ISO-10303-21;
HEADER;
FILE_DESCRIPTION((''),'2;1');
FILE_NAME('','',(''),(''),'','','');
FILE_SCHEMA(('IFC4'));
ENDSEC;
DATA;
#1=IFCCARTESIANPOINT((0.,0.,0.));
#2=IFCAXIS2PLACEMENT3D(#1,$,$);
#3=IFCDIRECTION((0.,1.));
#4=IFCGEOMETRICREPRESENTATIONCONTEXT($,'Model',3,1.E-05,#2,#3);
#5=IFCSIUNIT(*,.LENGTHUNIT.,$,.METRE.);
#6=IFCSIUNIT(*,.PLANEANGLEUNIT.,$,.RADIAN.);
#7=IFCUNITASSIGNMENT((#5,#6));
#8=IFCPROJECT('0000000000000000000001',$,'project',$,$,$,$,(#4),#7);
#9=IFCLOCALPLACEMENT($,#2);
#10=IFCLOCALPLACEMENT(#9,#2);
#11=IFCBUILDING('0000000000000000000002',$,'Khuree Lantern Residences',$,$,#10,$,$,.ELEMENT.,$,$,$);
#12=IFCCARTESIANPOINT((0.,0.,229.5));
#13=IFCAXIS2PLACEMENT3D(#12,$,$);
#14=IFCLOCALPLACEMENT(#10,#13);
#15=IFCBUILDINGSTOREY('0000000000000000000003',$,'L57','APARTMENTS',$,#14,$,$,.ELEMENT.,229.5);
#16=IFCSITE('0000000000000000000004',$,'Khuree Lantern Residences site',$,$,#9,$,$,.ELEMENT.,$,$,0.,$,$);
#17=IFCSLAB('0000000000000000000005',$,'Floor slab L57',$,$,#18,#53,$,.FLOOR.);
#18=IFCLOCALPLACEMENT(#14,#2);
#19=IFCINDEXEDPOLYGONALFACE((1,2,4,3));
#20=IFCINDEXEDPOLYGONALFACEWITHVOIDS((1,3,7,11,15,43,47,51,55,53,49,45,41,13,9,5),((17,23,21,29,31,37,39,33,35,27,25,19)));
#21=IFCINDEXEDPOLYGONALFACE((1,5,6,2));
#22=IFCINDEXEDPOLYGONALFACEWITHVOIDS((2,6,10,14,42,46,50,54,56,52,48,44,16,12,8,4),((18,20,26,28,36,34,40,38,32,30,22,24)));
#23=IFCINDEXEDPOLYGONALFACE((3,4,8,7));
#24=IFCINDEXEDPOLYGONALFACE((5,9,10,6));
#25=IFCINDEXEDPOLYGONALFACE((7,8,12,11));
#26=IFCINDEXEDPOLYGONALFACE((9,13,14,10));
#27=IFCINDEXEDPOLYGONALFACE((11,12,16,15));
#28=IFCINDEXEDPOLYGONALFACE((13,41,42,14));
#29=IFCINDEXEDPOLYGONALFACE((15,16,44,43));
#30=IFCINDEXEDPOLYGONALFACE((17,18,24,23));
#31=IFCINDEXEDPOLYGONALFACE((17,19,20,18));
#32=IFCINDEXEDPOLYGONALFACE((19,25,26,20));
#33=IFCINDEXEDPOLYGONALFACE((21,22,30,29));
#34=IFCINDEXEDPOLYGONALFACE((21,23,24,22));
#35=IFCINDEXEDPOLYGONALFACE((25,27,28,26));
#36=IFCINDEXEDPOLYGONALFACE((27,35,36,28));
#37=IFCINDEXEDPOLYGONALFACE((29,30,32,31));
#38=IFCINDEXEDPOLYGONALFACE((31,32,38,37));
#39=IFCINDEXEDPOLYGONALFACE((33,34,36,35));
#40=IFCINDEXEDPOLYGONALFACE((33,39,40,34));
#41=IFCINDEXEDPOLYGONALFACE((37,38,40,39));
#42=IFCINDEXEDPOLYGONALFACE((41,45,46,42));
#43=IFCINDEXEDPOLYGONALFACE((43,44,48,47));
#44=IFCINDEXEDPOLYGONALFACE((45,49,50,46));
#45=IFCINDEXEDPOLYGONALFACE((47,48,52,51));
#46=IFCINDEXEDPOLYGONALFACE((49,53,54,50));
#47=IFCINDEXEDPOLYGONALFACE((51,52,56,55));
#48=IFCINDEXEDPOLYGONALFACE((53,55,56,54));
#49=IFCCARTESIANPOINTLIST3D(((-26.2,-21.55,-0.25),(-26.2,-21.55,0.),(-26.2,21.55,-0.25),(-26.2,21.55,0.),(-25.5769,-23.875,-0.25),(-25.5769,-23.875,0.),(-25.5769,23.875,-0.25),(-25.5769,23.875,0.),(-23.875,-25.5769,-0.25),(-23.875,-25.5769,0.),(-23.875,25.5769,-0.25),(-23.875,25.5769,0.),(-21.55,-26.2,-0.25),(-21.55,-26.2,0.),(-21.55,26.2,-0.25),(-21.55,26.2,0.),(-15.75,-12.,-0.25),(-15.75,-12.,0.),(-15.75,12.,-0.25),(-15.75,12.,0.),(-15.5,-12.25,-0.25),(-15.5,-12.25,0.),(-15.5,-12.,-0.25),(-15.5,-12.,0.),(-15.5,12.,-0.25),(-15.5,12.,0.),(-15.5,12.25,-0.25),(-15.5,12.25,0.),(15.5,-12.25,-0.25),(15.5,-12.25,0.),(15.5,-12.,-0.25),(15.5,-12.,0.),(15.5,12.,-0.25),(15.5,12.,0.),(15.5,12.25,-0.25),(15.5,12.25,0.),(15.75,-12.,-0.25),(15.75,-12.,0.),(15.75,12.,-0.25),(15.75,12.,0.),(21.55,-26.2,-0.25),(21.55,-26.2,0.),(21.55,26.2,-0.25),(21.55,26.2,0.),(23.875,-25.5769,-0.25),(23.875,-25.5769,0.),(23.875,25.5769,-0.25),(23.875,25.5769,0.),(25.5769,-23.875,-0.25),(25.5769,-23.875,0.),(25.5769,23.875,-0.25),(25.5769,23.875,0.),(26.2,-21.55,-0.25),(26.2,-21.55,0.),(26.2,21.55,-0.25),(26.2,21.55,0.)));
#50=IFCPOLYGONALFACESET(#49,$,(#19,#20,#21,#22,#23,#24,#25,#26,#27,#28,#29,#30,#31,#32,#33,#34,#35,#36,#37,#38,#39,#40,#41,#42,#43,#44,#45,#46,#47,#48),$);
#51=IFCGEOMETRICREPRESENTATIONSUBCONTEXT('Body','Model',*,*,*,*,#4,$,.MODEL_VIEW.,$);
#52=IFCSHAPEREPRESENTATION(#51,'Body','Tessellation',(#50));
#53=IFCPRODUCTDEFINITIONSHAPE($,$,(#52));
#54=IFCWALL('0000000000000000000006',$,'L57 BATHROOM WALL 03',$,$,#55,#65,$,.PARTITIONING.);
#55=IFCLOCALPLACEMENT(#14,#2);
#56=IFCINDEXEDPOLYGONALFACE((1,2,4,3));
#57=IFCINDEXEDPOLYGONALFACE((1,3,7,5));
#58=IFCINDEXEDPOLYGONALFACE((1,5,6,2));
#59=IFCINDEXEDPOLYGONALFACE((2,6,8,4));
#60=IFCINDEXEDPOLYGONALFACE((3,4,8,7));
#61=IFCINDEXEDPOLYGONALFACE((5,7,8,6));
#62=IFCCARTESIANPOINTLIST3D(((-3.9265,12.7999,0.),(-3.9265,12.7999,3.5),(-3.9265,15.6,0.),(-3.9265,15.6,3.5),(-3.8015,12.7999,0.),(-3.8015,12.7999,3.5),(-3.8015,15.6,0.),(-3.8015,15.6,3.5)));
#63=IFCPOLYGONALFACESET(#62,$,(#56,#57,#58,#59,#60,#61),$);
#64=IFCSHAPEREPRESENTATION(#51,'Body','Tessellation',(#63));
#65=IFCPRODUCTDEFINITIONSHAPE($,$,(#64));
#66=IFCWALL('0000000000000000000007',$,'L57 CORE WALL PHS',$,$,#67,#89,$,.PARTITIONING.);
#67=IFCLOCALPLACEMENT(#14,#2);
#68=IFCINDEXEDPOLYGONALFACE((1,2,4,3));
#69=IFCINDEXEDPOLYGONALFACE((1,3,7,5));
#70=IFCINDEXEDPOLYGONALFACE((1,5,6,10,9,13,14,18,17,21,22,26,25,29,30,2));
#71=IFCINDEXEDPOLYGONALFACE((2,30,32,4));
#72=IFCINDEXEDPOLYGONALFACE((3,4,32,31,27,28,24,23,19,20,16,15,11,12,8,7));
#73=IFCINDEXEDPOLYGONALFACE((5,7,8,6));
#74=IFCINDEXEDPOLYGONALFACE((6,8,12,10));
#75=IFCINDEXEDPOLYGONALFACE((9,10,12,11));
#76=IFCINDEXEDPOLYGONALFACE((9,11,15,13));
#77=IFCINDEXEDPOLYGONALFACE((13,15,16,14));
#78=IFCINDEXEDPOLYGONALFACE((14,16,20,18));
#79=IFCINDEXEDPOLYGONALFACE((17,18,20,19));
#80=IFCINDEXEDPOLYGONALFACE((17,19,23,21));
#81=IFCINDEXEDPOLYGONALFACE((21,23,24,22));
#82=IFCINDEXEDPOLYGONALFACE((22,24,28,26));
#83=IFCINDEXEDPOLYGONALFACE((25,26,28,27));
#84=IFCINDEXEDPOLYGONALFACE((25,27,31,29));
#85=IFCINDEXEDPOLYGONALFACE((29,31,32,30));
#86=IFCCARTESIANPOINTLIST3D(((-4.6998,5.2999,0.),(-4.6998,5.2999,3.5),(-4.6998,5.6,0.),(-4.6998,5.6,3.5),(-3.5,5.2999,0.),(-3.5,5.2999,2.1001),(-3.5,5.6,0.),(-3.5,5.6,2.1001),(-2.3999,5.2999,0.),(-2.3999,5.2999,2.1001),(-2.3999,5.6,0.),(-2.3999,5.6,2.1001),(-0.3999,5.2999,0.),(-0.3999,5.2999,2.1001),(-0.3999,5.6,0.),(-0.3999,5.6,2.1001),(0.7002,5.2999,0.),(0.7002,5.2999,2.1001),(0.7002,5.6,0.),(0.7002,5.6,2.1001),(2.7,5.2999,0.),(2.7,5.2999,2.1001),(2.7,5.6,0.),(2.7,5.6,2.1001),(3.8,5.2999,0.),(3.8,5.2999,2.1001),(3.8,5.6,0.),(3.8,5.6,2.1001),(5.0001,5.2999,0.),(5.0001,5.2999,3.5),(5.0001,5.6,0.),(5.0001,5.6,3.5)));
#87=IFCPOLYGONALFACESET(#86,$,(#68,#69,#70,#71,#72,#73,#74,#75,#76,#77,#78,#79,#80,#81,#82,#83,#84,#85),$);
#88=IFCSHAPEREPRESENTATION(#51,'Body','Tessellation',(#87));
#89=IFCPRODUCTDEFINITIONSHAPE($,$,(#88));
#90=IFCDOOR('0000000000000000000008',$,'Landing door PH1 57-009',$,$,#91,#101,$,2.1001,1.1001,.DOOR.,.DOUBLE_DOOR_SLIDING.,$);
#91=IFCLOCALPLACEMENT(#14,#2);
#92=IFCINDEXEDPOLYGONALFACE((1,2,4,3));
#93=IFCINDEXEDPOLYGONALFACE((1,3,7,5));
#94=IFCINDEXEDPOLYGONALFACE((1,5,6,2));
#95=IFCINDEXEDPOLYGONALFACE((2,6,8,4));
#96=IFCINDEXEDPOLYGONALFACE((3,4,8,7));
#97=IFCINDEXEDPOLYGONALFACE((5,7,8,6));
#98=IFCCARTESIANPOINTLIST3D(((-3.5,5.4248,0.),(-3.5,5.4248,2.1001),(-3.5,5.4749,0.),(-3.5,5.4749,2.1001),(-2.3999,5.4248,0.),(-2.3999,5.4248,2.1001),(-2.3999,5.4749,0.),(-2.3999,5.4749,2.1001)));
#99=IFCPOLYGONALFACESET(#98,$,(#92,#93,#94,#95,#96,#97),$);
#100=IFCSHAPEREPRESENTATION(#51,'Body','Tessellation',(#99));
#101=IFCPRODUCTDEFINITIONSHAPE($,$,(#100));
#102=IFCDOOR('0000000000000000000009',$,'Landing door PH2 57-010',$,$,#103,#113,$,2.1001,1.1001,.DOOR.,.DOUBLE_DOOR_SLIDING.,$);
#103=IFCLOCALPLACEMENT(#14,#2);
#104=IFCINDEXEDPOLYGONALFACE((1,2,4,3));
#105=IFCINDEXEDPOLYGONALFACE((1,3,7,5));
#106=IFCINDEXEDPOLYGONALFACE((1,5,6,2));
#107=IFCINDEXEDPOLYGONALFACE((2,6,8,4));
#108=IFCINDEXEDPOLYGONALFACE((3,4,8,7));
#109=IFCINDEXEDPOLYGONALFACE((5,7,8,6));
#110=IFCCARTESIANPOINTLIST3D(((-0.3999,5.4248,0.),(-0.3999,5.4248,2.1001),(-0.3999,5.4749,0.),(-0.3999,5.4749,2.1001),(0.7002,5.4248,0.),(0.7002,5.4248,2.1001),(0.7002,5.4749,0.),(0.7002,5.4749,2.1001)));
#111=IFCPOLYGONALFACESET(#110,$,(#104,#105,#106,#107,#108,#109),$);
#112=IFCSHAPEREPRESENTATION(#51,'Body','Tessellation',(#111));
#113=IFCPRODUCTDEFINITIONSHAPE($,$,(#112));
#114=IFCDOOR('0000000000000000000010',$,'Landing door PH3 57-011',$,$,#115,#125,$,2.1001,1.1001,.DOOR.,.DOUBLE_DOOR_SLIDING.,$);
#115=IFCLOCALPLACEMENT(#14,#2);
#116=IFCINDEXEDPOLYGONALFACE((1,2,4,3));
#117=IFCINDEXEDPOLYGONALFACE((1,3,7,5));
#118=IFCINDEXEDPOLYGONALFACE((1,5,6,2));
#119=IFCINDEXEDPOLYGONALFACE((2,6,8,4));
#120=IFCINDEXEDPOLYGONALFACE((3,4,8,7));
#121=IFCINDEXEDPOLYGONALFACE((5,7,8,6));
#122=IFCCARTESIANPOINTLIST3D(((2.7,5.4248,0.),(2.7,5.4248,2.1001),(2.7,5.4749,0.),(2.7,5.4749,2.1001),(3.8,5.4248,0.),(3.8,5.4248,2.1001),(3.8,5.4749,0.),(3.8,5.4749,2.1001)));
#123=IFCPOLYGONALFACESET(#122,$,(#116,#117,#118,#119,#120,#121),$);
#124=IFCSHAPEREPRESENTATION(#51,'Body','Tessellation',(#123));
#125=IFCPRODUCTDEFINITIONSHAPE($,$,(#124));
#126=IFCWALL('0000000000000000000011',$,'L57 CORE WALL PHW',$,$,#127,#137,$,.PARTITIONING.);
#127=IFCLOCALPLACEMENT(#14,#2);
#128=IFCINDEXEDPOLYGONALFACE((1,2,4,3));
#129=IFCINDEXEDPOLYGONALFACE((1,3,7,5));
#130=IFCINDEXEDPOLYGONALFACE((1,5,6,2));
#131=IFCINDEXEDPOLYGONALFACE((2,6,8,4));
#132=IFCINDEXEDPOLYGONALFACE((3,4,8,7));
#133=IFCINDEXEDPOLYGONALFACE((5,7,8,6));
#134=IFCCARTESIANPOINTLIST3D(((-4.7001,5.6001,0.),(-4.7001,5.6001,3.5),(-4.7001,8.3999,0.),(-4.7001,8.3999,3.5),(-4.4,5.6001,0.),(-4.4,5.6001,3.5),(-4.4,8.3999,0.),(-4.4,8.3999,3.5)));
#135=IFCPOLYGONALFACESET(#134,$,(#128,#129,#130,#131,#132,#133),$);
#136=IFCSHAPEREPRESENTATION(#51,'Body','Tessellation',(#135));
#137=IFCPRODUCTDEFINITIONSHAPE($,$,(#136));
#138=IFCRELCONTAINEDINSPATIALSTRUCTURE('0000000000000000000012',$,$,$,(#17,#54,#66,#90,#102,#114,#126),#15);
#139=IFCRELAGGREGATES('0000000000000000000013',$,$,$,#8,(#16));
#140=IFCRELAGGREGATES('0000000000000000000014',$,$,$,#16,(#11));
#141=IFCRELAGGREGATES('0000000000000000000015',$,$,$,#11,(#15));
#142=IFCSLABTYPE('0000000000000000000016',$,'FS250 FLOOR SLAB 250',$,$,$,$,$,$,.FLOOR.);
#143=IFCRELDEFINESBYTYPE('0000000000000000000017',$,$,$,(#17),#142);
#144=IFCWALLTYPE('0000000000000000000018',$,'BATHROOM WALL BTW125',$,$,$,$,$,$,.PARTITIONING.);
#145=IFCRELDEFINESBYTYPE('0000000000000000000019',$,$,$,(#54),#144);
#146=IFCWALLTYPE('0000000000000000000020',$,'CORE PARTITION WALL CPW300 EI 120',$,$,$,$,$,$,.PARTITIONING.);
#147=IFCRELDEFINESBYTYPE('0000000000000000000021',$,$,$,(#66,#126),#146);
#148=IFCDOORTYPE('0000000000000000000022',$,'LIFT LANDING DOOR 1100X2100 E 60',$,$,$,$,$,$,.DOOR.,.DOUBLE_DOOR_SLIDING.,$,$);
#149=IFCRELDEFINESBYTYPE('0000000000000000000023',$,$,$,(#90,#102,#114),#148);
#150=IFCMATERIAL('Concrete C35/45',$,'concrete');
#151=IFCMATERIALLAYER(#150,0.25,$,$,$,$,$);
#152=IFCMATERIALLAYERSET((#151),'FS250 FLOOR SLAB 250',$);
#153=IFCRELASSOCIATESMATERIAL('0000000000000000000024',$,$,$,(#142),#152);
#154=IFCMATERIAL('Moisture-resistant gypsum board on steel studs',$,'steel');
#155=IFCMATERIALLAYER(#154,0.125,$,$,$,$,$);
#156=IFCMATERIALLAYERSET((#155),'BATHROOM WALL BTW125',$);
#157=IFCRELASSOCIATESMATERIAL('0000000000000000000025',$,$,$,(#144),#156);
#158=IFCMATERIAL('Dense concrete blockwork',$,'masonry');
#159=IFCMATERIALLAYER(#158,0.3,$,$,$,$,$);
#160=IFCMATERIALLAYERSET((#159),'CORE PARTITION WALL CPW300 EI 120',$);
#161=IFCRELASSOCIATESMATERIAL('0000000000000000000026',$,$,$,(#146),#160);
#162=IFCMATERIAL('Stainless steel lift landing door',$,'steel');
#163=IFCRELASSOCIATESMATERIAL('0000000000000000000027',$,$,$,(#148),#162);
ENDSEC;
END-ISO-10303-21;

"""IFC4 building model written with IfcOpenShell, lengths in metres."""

from ifc_helpers import new_model, si_unit, direction, frame, frame_2d, origin, place, context, subcontext, project, spatial, polyline, rectangle, outline, extrude, material, layer, layer_set, type_object, element, fill, save


model = new_model("IFC4")

# Units and contexts
model_context = context("Model", 3, precision=1e-05, world=origin(), true_north=direction((0.0, 1.0)))
body_context = subcontext(model_context, "Body", "Model", "MODEL_VIEW")
ifc_project = project(units=[si_unit("LENGTHUNIT", "METRE"), si_unit("PLANEANGLEUNIT", "RADIAN")], contexts=[model_context])

# Site, building, storey
site_placement = place(None, origin())
site = spatial("IfcSite", under=ifc_project, at=site_placement, Name="Khuree Lantern Residences site", CompositionType="ELEMENT", RefElevation=0.0)
building_placement = place(site_placement, origin())
building = spatial("IfcBuilding", under=site, at=building_placement, Name="Khuree Lantern Residences", CompositionType="ELEMENT")
storey_placement = place(building_placement, frame((0.0, 0.0, 229.5)))
storey = spatial("IfcBuildingStorey", under=building, at=storey_placement, Name="L57", Description="APARTMENTS", CompositionType="ELEMENT", Elevation=229.5)

# Slab
ifc_material_1 = material(Name="Concrete C35/45", Category="concrete")
ifc_layer_1 = layer(ifc_material_1, 0.25)
ifc_layer_set_1 = layer_set([ifc_layer_1], Name="FS250 FLOOR SLAB 250")
slab_type = type_object("IfcSlabType", Name="FS250 FLOOR SLAB 250", PredefinedType="FLOOR", material=ifc_layer_set_1)
slab_placement = place(storey_placement, frame((0.0, 0.0, -0.25)))
element("IfcSlab", 1, at=slab_placement, inside=storey, type_object=slab_type, Name="Floor slab L57", PredefinedType="FLOOR", context=body_context, shape_type="SweptSolid", body=[
    extrude(outline(polyline([(-23.875, -25.5769), (-25.5769, -23.875), (-26.2, -21.55), (-26.2, 21.55), (-25.5769, 23.875), (-23.875, 25.5769), (-21.55, 26.2), (21.55, 26.2), (23.875, 25.5769), (25.5769, 23.875), (26.2, 21.55), (26.2, -21.55), (25.5769, -23.875), (23.875, -25.5769), (21.55, -26.2), (-21.55, -26.2), (-23.875, -25.5769)]), holes=[polyline([(15.75, 12.0), (15.5, 12.0), (15.5, 12.25), (-15.5, 12.25), (-15.5, 12.0), (-15.75, 12.0), (-15.75, -12.0), (-15.5, -12.0), (-15.5, -12.25), (15.5, -12.25), (15.5, -12.0), (15.75, -12.0), (15.75, 12.0)])]), origin(), (0.0, 0.0, 1.0), 0.25),
])

# Wall
ifc_material_2 = material(Name="Moisture-resistant gypsum board on steel studs", Category="steel")
ifc_layer_2 = layer(ifc_material_2, 0.125)
ifc_layer_set_2 = layer_set([ifc_layer_2], Name="BATHROOM WALL BTW125")
wall_type_1 = type_object("IfcWallType", Name="BATHROOM WALL BTW125", PredefinedType="PARTITIONING", material=ifc_layer_set_2)
wall_1_placement = place(storey_placement, frame((-3.864, 12.8, 0.0), z_axis=(0.0, 0.0, 1.0), x_axis=(0.0, 1.0, 0.0)))
element("IfcWall", 2, at=wall_1_placement, inside=storey, type_object=wall_type_1, Name="L57 BATHROOM WALL 03", PredefinedType="PARTITIONING", context=body_context, shape_type="SweptSolid", body=[
    extrude(rectangle(XDim=2.8, YDim=0.125, at=frame_2d((1.3999, 0.0))), origin(), (0.0, 0.0, 1.0), 3.5),
])

# Wall, openings, doors
ifc_material_3 = material(Name="Dense concrete blockwork", Category="masonry")
ifc_layer_3 = layer(ifc_material_3, 0.3)
ifc_layer_set_3 = layer_set([ifc_layer_3], Name="CORE PARTITION WALL CPW300 EI 120")
wall_type_2 = type_object("IfcWallType", Name="CORE PARTITION WALL CPW300 EI 120", PredefinedType="PARTITIONING", material=ifc_layer_set_3)
wall_2_placement = place(storey_placement, frame((-4.7, 5.45, 0.0), z_axis=(0.0, 0.0, 1.0), x_axis=(1.0, 0.0, 0.0)))
wall_2 = element("IfcWall", 3, at=wall_2_placement, inside=storey, type_object=wall_type_2, Name="L57 CORE WALL PHS", PredefinedType="PARTITIONING", context=body_context, shape_type="SweptSolid", body=[
    extrude(rectangle(XDim=9.7, YDim=0.3, at=frame_2d((4.8501, 0.0))), origin(), (0.0, 0.0, 1.0), 3.5),
])
opening_1_placement = place(wall_2_placement, frame((1.2, 0.0, 0.0)))
opening_1 = element("IfcOpeningElement", 4, at=opening_1_placement, cuts=wall_2, PredefinedType="OPENING", context=body_context, shape_type="SweptSolid", body=[
    extrude(rectangle(XDim=1.1001, YDim=2.1001, at=frame_2d((0.55, 1.05))), frame((0.0, 0.1602, 0.0), z_axis=(0.0, -1.0, 0.0), x_axis=(1.0, 0.0, 0.0)), (0.0, 0.0, 1.0), 0.3201),
])
opening_2_placement = place(wall_2_placement, frame((4.3, 0.0, 0.0)))
opening_2 = element("IfcOpeningElement", 5, at=opening_2_placement, cuts=wall_2, PredefinedType="OPENING", context=body_context, shape_type="SweptSolid", body=[
    extrude(rectangle(XDim=1.1001, YDim=2.1001, at=frame_2d((0.55, 1.05))), frame((0.0, 0.1602, 0.0), z_axis=(0.0, -1.0, 0.0), x_axis=(1.0, 0.0, 0.0)), (0.0, 0.0, 1.0), 0.3201),
])
opening_3_placement = place(wall_2_placement, frame((7.3999, 0.0, 0.0)))
opening_3 = element("IfcOpeningElement", 6, at=opening_3_placement, cuts=wall_2, PredefinedType="OPENING", context=body_context, shape_type="SweptSolid", body=[
    extrude(rectangle(XDim=1.1001, YDim=2.1001, at=frame_2d((0.55, 1.05))), frame((0.0, 0.1602, 0.0), z_axis=(0.0, -1.0, 0.0), x_axis=(1.0, 0.0, 0.0)), (0.0, 0.0, 1.0), 0.3201),
])
ifc_material_4 = material(Name="Stainless steel lift landing door", Category="steel")
door_type_1 = type_object("IfcDoorType", Name="LIFT LANDING DOOR 1100X2100 E 60", OperationType="DOUBLE_DOOR_SLIDING", PredefinedType="DOOR", material=ifc_material_4)
door_1_placement = place(opening_1_placement, origin())
door_1 = element("IfcDoor", 7, at=door_1_placement, inside=storey, type_object=door_type_1, Name="Landing door PH1 57-009", OperationType="DOUBLE_DOOR_SLIDING", OverallHeight=2.1001, OverallWidth=1.1001, PredefinedType="DOOR", context=body_context, shape_type="SweptSolid", body=[
    extrude(rectangle(XDim=1.1001, YDim=2.1001, at=frame_2d((0.55, 1.05))), frame((0.0, 0.0249, 0.0), z_axis=(0.0, -1.0, 0.0), x_axis=(1.0, 0.0, 0.0)), (0.0, 0.0, 1.0), 0.05),
])
fill(opening_1, door_1)
door_2_placement = place(opening_2_placement, origin())
door_2 = element("IfcDoor", 8, at=door_2_placement, inside=storey, type_object=door_type_1, Name="Landing door PH2 57-010", OperationType="DOUBLE_DOOR_SLIDING", OverallHeight=2.1001, OverallWidth=1.1001, PredefinedType="DOOR", context=body_context, shape_type="SweptSolid", body=[
    extrude(rectangle(XDim=1.1001, YDim=2.1001, at=frame_2d((0.55, 1.05))), frame((0.0, 0.0249, 0.0), z_axis=(0.0, -1.0, 0.0), x_axis=(1.0, 0.0, 0.0)), (0.0, 0.0, 1.0), 0.05),
])
fill(opening_2, door_2)
door_3_placement = place(opening_3_placement, origin())
door_3 = element("IfcDoor", 9, at=door_3_placement, inside=storey, type_object=door_type_1, Name="Landing door PH3 57-011", OperationType="DOUBLE_DOOR_SLIDING", OverallHeight=2.1001, OverallWidth=1.1001, PredefinedType="DOOR", context=body_context, shape_type="SweptSolid", body=[
    extrude(rectangle(XDim=1.1001, YDim=2.1001, at=frame_2d((0.55, 1.05))), frame((0.0, 0.0249, 0.0), z_axis=(0.0, -1.0, 0.0), x_axis=(1.0, 0.0, 0.0)), (0.0, 0.0, 1.0), 0.05),
])
fill(opening_3, door_3)

# Wall
wall_3_placement = place(storey_placement, frame((-4.55, 5.6001, 0.0), z_axis=(0.0, 0.0, 1.0), x_axis=(0.0, 1.0, 0.0)))
element("IfcWall", 10, at=wall_3_placement, inside=storey, type_object=wall_type_2, Name="L57 CORE WALL PHW", PredefinedType="PARTITIONING", context=body_context, shape_type="SweptSolid", body=[
    extrude(rectangle(XDim=2.7998, YDim=0.3, at=frame_2d((1.3999, 0.0))), origin(), (0.0, 0.0, 1.0), 3.5),
])

save(model, "model.ifc")
